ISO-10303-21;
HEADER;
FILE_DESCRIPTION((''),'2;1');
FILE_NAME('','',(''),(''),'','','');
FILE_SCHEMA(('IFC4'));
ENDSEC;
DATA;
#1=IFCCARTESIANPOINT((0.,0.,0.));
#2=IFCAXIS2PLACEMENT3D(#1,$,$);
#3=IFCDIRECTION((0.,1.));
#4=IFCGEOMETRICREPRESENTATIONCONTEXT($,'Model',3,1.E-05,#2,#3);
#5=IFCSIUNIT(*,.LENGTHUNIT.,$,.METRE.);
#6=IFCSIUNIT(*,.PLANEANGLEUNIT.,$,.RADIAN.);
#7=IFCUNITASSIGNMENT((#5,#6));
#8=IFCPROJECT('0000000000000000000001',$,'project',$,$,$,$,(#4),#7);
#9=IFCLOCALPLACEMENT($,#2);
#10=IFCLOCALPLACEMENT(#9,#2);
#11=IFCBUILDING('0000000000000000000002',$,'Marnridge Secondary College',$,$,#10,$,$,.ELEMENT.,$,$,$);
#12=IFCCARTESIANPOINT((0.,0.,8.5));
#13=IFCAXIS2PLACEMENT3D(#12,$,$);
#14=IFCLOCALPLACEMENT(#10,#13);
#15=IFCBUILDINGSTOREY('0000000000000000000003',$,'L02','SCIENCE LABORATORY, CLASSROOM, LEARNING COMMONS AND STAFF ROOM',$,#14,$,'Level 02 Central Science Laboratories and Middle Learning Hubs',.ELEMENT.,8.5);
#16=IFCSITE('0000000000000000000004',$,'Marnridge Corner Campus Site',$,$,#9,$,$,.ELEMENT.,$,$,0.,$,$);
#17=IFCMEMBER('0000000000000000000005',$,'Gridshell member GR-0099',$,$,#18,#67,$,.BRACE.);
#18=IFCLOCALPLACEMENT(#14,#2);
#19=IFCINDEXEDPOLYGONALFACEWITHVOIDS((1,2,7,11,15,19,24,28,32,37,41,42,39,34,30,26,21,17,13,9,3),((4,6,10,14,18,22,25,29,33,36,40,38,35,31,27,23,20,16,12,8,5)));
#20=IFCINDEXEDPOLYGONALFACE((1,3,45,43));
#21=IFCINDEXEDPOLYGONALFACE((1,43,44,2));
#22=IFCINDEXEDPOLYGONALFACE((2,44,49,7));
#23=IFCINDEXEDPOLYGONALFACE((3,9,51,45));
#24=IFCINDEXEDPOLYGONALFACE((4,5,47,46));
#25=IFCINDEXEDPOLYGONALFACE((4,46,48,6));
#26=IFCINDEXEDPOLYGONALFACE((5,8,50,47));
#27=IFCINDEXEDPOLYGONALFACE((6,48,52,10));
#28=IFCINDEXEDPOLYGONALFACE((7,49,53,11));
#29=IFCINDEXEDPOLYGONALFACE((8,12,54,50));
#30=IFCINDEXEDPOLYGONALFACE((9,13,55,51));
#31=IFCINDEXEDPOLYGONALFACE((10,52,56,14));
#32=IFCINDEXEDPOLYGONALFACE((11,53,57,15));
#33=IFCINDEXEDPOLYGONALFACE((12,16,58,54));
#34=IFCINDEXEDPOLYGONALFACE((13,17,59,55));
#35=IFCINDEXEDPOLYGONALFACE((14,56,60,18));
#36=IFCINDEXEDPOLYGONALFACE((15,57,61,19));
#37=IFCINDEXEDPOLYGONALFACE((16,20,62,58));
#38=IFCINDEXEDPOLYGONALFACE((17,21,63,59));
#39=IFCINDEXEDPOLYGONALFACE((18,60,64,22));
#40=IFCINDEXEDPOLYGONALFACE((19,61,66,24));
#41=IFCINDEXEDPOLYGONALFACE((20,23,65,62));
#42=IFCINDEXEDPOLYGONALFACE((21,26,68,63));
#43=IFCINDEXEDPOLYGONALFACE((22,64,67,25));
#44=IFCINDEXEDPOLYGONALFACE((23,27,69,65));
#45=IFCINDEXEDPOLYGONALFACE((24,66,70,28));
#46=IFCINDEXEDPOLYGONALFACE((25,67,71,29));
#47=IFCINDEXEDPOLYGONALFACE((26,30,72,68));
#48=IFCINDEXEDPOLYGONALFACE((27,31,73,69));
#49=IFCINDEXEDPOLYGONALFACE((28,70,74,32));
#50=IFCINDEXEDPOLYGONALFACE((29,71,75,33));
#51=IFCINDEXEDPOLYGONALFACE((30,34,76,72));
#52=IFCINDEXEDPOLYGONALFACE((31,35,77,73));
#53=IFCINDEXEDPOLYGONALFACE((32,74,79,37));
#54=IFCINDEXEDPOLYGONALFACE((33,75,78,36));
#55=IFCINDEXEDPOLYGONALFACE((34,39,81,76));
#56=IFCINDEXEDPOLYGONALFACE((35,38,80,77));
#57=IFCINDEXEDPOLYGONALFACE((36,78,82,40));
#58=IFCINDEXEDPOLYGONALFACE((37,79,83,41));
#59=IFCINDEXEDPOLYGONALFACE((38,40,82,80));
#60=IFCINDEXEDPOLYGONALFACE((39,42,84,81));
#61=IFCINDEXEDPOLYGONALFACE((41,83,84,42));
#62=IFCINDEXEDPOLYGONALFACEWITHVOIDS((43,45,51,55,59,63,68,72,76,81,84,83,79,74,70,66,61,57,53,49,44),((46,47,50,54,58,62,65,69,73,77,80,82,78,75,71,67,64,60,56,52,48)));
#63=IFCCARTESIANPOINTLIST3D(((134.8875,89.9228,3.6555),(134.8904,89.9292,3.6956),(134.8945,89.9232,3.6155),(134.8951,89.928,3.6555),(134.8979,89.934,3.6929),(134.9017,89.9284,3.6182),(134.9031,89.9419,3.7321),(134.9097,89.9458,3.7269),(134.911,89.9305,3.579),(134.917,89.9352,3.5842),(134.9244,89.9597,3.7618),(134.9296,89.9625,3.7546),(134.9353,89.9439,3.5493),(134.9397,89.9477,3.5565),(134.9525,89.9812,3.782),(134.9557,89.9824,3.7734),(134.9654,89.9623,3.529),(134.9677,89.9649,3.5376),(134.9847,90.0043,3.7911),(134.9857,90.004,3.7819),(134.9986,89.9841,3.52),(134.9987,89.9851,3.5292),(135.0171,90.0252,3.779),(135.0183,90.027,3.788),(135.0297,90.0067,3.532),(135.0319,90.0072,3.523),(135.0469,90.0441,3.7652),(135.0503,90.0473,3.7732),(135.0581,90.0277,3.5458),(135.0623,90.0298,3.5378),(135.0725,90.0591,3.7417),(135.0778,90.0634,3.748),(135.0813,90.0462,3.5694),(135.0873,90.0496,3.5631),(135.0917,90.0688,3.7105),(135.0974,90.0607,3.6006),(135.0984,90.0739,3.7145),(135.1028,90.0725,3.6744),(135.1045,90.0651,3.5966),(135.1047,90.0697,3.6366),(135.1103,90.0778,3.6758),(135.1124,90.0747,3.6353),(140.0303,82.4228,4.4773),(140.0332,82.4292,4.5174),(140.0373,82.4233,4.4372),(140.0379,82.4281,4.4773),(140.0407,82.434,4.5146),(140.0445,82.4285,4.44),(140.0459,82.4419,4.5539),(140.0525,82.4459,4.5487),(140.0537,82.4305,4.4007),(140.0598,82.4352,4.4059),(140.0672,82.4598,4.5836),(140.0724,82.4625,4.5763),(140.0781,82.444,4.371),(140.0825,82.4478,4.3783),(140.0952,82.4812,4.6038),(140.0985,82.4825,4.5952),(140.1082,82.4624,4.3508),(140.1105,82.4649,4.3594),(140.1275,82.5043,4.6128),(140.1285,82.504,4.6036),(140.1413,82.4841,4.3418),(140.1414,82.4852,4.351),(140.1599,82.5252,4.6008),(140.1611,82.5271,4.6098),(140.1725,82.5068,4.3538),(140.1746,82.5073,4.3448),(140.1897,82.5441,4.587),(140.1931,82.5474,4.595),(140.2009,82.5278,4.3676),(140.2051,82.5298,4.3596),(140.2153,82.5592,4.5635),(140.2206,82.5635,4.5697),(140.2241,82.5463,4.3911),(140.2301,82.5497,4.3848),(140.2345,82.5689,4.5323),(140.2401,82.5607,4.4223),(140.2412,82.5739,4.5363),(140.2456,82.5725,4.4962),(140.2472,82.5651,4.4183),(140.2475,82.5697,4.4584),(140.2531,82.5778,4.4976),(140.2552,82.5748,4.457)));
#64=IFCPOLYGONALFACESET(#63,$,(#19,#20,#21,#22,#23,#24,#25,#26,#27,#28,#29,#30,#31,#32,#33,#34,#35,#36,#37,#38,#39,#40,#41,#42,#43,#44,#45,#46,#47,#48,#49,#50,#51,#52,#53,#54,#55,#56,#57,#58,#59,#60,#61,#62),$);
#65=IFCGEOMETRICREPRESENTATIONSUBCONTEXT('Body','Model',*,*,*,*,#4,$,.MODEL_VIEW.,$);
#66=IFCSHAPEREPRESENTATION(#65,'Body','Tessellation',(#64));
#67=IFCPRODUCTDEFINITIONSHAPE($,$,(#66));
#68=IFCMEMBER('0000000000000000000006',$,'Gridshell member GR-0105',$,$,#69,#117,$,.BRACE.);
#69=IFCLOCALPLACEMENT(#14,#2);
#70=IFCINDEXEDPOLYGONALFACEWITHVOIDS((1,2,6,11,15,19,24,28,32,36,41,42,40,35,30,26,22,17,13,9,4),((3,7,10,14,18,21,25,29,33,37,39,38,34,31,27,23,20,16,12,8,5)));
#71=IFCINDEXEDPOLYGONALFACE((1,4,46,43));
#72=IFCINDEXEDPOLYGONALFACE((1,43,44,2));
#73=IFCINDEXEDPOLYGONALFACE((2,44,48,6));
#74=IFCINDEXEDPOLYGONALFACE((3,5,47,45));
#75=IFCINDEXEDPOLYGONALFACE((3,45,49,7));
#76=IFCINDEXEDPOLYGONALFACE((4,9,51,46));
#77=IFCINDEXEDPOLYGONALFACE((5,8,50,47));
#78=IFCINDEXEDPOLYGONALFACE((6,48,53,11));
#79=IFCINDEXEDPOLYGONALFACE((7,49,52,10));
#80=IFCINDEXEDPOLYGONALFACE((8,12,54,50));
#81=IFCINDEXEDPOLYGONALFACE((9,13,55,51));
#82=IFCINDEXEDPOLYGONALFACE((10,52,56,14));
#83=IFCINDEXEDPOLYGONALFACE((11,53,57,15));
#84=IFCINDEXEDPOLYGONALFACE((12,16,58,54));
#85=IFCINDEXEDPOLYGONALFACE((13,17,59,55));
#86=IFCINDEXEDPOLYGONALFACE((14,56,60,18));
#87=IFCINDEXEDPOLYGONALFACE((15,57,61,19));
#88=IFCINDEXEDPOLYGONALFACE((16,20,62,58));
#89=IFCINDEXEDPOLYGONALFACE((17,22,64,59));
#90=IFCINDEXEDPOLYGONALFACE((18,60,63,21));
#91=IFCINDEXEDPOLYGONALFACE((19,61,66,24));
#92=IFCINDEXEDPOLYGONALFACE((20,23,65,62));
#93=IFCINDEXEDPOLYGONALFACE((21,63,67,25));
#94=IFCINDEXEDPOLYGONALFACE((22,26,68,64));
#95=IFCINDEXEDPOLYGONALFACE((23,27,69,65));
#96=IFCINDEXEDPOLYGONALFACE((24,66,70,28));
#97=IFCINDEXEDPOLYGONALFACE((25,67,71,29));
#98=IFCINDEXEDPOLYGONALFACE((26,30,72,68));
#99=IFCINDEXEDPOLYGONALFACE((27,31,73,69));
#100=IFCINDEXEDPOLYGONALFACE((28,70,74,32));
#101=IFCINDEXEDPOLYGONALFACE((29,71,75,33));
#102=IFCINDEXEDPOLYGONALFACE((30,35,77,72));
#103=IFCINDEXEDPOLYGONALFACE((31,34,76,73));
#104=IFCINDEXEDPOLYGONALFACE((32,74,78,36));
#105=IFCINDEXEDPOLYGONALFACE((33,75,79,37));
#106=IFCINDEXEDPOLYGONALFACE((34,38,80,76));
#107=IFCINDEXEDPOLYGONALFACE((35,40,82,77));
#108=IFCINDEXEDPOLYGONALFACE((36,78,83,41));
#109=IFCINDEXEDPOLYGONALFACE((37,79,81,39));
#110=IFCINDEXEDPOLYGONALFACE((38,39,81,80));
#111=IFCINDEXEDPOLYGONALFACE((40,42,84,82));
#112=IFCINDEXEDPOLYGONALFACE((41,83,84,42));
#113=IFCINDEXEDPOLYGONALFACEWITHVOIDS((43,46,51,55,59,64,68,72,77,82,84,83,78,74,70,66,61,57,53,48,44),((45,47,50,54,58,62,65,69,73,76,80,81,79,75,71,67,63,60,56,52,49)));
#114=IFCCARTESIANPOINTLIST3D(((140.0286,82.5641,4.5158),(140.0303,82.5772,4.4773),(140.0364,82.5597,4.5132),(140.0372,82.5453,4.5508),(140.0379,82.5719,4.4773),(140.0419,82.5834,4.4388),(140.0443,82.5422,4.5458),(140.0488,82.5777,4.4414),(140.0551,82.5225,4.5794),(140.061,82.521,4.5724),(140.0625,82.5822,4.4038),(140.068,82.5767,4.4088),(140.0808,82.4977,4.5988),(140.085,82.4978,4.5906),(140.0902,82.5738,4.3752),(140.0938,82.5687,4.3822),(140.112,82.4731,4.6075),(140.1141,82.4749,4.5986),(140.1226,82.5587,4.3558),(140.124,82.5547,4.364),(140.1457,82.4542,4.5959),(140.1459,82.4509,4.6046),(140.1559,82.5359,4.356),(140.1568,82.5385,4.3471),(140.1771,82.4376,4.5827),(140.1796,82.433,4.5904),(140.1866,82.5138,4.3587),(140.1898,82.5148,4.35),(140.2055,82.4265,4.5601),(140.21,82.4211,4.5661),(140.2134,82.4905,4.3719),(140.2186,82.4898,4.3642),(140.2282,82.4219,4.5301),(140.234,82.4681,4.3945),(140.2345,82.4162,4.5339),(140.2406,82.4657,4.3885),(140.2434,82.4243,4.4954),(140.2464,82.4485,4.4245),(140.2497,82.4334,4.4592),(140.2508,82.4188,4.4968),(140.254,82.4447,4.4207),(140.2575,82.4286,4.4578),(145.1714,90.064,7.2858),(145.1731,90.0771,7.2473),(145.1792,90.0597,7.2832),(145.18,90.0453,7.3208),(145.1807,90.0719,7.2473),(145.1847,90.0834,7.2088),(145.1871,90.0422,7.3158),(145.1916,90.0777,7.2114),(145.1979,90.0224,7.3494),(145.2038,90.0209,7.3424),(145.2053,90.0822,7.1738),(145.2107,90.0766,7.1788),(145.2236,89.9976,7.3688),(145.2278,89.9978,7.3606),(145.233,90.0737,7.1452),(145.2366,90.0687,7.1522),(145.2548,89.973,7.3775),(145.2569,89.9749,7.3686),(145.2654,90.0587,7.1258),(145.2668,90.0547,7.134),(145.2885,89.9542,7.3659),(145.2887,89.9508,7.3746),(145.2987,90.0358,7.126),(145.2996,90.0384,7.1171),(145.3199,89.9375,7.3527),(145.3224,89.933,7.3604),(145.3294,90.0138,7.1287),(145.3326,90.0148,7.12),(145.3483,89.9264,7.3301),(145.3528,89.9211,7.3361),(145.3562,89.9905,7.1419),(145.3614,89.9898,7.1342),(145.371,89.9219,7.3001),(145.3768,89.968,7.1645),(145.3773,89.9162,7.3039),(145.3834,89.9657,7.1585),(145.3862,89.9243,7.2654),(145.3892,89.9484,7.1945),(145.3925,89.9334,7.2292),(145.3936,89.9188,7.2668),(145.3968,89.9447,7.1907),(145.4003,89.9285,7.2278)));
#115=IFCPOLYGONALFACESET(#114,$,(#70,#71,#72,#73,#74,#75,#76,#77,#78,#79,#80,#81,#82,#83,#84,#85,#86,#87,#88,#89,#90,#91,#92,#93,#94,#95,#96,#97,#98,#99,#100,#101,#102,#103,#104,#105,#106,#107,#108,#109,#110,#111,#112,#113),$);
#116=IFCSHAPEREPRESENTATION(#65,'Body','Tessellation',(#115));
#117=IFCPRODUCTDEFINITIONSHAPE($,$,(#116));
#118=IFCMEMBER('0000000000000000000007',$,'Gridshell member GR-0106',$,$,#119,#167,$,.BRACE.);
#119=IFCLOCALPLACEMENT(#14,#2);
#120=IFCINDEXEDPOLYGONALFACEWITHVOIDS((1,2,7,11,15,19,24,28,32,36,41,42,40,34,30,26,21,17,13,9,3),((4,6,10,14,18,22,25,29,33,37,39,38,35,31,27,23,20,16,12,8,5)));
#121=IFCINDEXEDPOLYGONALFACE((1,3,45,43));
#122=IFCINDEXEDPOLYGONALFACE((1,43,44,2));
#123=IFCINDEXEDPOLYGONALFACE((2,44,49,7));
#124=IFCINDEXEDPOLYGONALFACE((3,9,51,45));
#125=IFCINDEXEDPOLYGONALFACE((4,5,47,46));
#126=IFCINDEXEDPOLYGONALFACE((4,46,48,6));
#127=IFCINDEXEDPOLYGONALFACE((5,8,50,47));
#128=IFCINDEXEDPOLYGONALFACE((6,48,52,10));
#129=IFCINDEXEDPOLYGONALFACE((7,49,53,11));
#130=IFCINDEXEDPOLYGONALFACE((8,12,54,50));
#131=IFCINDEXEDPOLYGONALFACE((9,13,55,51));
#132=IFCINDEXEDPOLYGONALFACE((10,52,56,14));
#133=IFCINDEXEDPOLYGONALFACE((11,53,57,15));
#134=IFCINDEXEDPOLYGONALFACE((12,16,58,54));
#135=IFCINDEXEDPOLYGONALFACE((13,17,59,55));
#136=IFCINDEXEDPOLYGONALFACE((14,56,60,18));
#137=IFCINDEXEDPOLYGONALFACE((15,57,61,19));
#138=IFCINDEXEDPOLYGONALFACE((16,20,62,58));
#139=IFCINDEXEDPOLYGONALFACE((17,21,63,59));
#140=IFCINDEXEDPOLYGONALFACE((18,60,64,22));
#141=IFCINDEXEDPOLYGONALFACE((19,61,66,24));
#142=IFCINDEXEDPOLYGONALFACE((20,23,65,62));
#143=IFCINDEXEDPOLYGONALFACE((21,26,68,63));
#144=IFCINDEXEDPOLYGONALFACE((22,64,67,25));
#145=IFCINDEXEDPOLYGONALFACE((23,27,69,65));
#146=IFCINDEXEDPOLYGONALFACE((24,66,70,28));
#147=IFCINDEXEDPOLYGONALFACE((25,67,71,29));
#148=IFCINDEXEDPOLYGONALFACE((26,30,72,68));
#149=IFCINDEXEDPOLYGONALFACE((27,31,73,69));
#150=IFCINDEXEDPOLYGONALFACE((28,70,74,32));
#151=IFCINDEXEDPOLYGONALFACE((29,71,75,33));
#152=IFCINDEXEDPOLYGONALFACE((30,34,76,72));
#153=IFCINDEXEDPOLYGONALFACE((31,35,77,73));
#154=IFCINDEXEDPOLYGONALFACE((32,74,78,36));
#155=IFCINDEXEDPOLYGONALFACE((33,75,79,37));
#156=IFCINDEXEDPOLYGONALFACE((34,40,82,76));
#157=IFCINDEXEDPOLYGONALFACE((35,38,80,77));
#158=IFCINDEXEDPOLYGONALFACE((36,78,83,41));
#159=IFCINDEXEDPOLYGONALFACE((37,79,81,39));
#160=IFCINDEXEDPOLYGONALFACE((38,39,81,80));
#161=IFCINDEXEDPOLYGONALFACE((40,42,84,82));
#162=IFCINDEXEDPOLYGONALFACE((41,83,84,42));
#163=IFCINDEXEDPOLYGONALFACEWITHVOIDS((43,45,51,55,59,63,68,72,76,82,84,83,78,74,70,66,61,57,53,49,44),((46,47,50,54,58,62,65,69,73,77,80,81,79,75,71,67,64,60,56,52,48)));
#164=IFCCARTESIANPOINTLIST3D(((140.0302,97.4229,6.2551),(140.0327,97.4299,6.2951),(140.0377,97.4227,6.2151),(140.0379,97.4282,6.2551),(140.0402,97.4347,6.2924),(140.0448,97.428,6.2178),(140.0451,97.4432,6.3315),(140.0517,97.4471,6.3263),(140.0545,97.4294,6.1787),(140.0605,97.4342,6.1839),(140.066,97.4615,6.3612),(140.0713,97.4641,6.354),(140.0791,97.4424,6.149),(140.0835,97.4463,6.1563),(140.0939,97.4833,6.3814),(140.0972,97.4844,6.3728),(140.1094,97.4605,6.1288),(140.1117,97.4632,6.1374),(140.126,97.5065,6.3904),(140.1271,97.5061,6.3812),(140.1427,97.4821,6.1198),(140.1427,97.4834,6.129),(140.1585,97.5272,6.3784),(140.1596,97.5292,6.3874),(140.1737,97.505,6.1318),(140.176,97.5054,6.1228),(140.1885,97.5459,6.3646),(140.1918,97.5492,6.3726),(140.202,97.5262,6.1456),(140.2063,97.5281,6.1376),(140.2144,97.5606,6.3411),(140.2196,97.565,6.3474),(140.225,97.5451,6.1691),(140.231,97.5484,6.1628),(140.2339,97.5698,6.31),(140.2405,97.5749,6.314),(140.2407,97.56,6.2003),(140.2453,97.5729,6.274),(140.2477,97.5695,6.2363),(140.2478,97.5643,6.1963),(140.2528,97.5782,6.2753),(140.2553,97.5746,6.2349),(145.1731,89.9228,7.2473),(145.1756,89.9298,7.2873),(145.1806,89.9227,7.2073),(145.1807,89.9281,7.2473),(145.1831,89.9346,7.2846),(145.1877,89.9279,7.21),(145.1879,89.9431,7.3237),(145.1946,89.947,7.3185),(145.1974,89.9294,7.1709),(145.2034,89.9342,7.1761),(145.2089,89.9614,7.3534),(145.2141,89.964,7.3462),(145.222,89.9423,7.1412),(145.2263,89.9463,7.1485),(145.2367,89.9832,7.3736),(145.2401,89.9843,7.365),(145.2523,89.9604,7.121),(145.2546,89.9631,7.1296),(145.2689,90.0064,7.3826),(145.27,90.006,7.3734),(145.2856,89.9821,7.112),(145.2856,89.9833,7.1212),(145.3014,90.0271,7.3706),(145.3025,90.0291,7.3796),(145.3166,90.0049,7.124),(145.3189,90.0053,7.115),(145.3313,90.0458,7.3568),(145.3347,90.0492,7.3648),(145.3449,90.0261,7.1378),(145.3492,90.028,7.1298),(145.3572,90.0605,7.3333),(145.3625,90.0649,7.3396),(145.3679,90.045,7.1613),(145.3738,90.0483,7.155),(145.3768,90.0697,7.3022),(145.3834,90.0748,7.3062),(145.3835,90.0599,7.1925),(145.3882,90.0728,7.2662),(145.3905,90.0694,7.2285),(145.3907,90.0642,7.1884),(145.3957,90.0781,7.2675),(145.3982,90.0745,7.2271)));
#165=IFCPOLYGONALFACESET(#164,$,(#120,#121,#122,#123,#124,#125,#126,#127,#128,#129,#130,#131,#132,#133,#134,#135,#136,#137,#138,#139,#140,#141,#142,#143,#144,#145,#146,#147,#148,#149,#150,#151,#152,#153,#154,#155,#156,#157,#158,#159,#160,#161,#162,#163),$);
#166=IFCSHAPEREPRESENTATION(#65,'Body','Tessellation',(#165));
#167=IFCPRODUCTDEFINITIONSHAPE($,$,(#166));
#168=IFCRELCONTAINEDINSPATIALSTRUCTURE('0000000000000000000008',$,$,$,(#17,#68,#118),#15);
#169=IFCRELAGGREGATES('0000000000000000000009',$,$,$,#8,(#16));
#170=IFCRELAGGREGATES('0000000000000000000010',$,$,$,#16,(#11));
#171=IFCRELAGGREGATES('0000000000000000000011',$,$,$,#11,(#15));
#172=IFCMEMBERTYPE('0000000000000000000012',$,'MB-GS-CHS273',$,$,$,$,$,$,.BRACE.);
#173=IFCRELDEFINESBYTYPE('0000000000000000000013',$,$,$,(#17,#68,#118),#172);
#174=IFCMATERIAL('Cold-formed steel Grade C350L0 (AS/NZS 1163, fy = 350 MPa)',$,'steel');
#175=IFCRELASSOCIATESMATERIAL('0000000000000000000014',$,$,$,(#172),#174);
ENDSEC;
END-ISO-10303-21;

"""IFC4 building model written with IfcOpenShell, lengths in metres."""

from ifc_helpers import new_model, si_unit, direction, frame, origin, origin_2d, place, context, subcontext, project, spatial, hollow_circle, extrude, material, material_profile, profile_set, type_object, element, save


model = new_model("IFC4")

# Units and contexts
model_context = context("Model", 3, precision=1e-05, world=origin(), true_north=direction((0.0, 1.0)))
body_context = subcontext(model_context, "Body", "Model", "MODEL_VIEW")
ifc_project = project(units=[si_unit("LENGTHUNIT", "METRE"), si_unit("PLANEANGLEUNIT", "RADIAN")], contexts=[model_context])

# Site, building, storey
site_placement = place(None, origin())
site = spatial("IfcSite", under=ifc_project, at=site_placement, Name="Marnridge Corner Campus Site", CompositionType="ELEMENT", RefElevation=0.0)
building_placement = place(site_placement, origin())
building = spatial("IfcBuilding", under=site, at=building_placement, Name="Marnridge Secondary College", CompositionType="ELEMENT")
storey_placement = place(building_placement, frame((0.0, 0.0, 8.5)))
storey = spatial("IfcBuildingStorey", under=building, at=storey_placement, Name="L02", Description="SCIENCE LABORATORY, CLASSROOM, LEARNING COMMONS AND STAFF ROOM", LongName="Level 02 Central Science Laboratories and Middle Learning Hubs", CompositionType="ELEMENT", Elevation=8.5)

# Members
ifc_material_1 = material(Name="Cold-formed steel Grade C350L0 (AS/NZS 1163, fy = 350 MPa)", Category="steel")
ifc_material_profile_1 = material_profile(ifc_material_1, hollow_circle(Radius=0.1365, WallThickness=0.0093, at=origin_2d()), Name="273.1x9.3CHS")
ifc_profile_set_1 = profile_set([ifc_material_profile_1], Name="Cold-formed steel Grade C350L0 (AS/NZS 1163, fy = 350 MPa)")
member_type_1 = type_object("IfcMemberType", Name="MB-GS-CHS273", PredefinedType="BRACE", material=ifc_profile_set_1)
member_1_placement = place(storey_placement, frame((140.1428, 82.5, 4.4773), z_axis=(-0.563231, 0.821384, -0.089999), x_axis=(-0.824731, -0.565526, 0.0)))
element("IfcMember", 1, at=member_1_placement, inside=storey, type_object=member_type_1, Name="Gridshell member GR-0099", PredefinedType="BRACE", context=body_context, shape_type="SweptSolid", body=[
    extrude(hollow_circle(Radius=0.1365, WallThickness=0.0093, at=origin_2d()), origin(), (0.0, 0.0, 1.0), 9.1309),
])
member_2_placement = place(storey_placement, frame((140.1428, 82.5, 4.4773), z_axis=(0.540985, 0.788942, 0.291385), x_axis=(-0.824731, 0.565526, 0.0)))
element("IfcMember", 2, at=member_2_placement, inside=storey, type_object=member_type_1, Name="Gridshell member GR-0105", PredefinedType="BRACE", context=body_context, shape_type="SweptSolid", body=[
    extrude(hollow_circle(Radius=0.1365, WallThickness=0.0093, at=origin_2d()), origin(), (0.0, 0.0, 1.0), 9.5063),
])
member_3_placement = place(storey_placement, frame((145.2856, 90.0, 7.2473), z_axis=(-0.56219, 0.819865, -0.108461), x_axis=(-0.824731, -0.565526, 0.0)))
element("IfcMember", 3, at=member_3_placement, inside=storey, type_object=member_type_1, Name="Gridshell member GR-0106", PredefinedType="BRACE", context=body_context, shape_type="SweptSolid", body=[
    extrude(hollow_circle(Radius=0.1365, WallThickness=0.0093, at=origin_2d()), origin(), (0.0, 0.0, 1.0), 9.1479),
])

save(model, "model.ifc")
